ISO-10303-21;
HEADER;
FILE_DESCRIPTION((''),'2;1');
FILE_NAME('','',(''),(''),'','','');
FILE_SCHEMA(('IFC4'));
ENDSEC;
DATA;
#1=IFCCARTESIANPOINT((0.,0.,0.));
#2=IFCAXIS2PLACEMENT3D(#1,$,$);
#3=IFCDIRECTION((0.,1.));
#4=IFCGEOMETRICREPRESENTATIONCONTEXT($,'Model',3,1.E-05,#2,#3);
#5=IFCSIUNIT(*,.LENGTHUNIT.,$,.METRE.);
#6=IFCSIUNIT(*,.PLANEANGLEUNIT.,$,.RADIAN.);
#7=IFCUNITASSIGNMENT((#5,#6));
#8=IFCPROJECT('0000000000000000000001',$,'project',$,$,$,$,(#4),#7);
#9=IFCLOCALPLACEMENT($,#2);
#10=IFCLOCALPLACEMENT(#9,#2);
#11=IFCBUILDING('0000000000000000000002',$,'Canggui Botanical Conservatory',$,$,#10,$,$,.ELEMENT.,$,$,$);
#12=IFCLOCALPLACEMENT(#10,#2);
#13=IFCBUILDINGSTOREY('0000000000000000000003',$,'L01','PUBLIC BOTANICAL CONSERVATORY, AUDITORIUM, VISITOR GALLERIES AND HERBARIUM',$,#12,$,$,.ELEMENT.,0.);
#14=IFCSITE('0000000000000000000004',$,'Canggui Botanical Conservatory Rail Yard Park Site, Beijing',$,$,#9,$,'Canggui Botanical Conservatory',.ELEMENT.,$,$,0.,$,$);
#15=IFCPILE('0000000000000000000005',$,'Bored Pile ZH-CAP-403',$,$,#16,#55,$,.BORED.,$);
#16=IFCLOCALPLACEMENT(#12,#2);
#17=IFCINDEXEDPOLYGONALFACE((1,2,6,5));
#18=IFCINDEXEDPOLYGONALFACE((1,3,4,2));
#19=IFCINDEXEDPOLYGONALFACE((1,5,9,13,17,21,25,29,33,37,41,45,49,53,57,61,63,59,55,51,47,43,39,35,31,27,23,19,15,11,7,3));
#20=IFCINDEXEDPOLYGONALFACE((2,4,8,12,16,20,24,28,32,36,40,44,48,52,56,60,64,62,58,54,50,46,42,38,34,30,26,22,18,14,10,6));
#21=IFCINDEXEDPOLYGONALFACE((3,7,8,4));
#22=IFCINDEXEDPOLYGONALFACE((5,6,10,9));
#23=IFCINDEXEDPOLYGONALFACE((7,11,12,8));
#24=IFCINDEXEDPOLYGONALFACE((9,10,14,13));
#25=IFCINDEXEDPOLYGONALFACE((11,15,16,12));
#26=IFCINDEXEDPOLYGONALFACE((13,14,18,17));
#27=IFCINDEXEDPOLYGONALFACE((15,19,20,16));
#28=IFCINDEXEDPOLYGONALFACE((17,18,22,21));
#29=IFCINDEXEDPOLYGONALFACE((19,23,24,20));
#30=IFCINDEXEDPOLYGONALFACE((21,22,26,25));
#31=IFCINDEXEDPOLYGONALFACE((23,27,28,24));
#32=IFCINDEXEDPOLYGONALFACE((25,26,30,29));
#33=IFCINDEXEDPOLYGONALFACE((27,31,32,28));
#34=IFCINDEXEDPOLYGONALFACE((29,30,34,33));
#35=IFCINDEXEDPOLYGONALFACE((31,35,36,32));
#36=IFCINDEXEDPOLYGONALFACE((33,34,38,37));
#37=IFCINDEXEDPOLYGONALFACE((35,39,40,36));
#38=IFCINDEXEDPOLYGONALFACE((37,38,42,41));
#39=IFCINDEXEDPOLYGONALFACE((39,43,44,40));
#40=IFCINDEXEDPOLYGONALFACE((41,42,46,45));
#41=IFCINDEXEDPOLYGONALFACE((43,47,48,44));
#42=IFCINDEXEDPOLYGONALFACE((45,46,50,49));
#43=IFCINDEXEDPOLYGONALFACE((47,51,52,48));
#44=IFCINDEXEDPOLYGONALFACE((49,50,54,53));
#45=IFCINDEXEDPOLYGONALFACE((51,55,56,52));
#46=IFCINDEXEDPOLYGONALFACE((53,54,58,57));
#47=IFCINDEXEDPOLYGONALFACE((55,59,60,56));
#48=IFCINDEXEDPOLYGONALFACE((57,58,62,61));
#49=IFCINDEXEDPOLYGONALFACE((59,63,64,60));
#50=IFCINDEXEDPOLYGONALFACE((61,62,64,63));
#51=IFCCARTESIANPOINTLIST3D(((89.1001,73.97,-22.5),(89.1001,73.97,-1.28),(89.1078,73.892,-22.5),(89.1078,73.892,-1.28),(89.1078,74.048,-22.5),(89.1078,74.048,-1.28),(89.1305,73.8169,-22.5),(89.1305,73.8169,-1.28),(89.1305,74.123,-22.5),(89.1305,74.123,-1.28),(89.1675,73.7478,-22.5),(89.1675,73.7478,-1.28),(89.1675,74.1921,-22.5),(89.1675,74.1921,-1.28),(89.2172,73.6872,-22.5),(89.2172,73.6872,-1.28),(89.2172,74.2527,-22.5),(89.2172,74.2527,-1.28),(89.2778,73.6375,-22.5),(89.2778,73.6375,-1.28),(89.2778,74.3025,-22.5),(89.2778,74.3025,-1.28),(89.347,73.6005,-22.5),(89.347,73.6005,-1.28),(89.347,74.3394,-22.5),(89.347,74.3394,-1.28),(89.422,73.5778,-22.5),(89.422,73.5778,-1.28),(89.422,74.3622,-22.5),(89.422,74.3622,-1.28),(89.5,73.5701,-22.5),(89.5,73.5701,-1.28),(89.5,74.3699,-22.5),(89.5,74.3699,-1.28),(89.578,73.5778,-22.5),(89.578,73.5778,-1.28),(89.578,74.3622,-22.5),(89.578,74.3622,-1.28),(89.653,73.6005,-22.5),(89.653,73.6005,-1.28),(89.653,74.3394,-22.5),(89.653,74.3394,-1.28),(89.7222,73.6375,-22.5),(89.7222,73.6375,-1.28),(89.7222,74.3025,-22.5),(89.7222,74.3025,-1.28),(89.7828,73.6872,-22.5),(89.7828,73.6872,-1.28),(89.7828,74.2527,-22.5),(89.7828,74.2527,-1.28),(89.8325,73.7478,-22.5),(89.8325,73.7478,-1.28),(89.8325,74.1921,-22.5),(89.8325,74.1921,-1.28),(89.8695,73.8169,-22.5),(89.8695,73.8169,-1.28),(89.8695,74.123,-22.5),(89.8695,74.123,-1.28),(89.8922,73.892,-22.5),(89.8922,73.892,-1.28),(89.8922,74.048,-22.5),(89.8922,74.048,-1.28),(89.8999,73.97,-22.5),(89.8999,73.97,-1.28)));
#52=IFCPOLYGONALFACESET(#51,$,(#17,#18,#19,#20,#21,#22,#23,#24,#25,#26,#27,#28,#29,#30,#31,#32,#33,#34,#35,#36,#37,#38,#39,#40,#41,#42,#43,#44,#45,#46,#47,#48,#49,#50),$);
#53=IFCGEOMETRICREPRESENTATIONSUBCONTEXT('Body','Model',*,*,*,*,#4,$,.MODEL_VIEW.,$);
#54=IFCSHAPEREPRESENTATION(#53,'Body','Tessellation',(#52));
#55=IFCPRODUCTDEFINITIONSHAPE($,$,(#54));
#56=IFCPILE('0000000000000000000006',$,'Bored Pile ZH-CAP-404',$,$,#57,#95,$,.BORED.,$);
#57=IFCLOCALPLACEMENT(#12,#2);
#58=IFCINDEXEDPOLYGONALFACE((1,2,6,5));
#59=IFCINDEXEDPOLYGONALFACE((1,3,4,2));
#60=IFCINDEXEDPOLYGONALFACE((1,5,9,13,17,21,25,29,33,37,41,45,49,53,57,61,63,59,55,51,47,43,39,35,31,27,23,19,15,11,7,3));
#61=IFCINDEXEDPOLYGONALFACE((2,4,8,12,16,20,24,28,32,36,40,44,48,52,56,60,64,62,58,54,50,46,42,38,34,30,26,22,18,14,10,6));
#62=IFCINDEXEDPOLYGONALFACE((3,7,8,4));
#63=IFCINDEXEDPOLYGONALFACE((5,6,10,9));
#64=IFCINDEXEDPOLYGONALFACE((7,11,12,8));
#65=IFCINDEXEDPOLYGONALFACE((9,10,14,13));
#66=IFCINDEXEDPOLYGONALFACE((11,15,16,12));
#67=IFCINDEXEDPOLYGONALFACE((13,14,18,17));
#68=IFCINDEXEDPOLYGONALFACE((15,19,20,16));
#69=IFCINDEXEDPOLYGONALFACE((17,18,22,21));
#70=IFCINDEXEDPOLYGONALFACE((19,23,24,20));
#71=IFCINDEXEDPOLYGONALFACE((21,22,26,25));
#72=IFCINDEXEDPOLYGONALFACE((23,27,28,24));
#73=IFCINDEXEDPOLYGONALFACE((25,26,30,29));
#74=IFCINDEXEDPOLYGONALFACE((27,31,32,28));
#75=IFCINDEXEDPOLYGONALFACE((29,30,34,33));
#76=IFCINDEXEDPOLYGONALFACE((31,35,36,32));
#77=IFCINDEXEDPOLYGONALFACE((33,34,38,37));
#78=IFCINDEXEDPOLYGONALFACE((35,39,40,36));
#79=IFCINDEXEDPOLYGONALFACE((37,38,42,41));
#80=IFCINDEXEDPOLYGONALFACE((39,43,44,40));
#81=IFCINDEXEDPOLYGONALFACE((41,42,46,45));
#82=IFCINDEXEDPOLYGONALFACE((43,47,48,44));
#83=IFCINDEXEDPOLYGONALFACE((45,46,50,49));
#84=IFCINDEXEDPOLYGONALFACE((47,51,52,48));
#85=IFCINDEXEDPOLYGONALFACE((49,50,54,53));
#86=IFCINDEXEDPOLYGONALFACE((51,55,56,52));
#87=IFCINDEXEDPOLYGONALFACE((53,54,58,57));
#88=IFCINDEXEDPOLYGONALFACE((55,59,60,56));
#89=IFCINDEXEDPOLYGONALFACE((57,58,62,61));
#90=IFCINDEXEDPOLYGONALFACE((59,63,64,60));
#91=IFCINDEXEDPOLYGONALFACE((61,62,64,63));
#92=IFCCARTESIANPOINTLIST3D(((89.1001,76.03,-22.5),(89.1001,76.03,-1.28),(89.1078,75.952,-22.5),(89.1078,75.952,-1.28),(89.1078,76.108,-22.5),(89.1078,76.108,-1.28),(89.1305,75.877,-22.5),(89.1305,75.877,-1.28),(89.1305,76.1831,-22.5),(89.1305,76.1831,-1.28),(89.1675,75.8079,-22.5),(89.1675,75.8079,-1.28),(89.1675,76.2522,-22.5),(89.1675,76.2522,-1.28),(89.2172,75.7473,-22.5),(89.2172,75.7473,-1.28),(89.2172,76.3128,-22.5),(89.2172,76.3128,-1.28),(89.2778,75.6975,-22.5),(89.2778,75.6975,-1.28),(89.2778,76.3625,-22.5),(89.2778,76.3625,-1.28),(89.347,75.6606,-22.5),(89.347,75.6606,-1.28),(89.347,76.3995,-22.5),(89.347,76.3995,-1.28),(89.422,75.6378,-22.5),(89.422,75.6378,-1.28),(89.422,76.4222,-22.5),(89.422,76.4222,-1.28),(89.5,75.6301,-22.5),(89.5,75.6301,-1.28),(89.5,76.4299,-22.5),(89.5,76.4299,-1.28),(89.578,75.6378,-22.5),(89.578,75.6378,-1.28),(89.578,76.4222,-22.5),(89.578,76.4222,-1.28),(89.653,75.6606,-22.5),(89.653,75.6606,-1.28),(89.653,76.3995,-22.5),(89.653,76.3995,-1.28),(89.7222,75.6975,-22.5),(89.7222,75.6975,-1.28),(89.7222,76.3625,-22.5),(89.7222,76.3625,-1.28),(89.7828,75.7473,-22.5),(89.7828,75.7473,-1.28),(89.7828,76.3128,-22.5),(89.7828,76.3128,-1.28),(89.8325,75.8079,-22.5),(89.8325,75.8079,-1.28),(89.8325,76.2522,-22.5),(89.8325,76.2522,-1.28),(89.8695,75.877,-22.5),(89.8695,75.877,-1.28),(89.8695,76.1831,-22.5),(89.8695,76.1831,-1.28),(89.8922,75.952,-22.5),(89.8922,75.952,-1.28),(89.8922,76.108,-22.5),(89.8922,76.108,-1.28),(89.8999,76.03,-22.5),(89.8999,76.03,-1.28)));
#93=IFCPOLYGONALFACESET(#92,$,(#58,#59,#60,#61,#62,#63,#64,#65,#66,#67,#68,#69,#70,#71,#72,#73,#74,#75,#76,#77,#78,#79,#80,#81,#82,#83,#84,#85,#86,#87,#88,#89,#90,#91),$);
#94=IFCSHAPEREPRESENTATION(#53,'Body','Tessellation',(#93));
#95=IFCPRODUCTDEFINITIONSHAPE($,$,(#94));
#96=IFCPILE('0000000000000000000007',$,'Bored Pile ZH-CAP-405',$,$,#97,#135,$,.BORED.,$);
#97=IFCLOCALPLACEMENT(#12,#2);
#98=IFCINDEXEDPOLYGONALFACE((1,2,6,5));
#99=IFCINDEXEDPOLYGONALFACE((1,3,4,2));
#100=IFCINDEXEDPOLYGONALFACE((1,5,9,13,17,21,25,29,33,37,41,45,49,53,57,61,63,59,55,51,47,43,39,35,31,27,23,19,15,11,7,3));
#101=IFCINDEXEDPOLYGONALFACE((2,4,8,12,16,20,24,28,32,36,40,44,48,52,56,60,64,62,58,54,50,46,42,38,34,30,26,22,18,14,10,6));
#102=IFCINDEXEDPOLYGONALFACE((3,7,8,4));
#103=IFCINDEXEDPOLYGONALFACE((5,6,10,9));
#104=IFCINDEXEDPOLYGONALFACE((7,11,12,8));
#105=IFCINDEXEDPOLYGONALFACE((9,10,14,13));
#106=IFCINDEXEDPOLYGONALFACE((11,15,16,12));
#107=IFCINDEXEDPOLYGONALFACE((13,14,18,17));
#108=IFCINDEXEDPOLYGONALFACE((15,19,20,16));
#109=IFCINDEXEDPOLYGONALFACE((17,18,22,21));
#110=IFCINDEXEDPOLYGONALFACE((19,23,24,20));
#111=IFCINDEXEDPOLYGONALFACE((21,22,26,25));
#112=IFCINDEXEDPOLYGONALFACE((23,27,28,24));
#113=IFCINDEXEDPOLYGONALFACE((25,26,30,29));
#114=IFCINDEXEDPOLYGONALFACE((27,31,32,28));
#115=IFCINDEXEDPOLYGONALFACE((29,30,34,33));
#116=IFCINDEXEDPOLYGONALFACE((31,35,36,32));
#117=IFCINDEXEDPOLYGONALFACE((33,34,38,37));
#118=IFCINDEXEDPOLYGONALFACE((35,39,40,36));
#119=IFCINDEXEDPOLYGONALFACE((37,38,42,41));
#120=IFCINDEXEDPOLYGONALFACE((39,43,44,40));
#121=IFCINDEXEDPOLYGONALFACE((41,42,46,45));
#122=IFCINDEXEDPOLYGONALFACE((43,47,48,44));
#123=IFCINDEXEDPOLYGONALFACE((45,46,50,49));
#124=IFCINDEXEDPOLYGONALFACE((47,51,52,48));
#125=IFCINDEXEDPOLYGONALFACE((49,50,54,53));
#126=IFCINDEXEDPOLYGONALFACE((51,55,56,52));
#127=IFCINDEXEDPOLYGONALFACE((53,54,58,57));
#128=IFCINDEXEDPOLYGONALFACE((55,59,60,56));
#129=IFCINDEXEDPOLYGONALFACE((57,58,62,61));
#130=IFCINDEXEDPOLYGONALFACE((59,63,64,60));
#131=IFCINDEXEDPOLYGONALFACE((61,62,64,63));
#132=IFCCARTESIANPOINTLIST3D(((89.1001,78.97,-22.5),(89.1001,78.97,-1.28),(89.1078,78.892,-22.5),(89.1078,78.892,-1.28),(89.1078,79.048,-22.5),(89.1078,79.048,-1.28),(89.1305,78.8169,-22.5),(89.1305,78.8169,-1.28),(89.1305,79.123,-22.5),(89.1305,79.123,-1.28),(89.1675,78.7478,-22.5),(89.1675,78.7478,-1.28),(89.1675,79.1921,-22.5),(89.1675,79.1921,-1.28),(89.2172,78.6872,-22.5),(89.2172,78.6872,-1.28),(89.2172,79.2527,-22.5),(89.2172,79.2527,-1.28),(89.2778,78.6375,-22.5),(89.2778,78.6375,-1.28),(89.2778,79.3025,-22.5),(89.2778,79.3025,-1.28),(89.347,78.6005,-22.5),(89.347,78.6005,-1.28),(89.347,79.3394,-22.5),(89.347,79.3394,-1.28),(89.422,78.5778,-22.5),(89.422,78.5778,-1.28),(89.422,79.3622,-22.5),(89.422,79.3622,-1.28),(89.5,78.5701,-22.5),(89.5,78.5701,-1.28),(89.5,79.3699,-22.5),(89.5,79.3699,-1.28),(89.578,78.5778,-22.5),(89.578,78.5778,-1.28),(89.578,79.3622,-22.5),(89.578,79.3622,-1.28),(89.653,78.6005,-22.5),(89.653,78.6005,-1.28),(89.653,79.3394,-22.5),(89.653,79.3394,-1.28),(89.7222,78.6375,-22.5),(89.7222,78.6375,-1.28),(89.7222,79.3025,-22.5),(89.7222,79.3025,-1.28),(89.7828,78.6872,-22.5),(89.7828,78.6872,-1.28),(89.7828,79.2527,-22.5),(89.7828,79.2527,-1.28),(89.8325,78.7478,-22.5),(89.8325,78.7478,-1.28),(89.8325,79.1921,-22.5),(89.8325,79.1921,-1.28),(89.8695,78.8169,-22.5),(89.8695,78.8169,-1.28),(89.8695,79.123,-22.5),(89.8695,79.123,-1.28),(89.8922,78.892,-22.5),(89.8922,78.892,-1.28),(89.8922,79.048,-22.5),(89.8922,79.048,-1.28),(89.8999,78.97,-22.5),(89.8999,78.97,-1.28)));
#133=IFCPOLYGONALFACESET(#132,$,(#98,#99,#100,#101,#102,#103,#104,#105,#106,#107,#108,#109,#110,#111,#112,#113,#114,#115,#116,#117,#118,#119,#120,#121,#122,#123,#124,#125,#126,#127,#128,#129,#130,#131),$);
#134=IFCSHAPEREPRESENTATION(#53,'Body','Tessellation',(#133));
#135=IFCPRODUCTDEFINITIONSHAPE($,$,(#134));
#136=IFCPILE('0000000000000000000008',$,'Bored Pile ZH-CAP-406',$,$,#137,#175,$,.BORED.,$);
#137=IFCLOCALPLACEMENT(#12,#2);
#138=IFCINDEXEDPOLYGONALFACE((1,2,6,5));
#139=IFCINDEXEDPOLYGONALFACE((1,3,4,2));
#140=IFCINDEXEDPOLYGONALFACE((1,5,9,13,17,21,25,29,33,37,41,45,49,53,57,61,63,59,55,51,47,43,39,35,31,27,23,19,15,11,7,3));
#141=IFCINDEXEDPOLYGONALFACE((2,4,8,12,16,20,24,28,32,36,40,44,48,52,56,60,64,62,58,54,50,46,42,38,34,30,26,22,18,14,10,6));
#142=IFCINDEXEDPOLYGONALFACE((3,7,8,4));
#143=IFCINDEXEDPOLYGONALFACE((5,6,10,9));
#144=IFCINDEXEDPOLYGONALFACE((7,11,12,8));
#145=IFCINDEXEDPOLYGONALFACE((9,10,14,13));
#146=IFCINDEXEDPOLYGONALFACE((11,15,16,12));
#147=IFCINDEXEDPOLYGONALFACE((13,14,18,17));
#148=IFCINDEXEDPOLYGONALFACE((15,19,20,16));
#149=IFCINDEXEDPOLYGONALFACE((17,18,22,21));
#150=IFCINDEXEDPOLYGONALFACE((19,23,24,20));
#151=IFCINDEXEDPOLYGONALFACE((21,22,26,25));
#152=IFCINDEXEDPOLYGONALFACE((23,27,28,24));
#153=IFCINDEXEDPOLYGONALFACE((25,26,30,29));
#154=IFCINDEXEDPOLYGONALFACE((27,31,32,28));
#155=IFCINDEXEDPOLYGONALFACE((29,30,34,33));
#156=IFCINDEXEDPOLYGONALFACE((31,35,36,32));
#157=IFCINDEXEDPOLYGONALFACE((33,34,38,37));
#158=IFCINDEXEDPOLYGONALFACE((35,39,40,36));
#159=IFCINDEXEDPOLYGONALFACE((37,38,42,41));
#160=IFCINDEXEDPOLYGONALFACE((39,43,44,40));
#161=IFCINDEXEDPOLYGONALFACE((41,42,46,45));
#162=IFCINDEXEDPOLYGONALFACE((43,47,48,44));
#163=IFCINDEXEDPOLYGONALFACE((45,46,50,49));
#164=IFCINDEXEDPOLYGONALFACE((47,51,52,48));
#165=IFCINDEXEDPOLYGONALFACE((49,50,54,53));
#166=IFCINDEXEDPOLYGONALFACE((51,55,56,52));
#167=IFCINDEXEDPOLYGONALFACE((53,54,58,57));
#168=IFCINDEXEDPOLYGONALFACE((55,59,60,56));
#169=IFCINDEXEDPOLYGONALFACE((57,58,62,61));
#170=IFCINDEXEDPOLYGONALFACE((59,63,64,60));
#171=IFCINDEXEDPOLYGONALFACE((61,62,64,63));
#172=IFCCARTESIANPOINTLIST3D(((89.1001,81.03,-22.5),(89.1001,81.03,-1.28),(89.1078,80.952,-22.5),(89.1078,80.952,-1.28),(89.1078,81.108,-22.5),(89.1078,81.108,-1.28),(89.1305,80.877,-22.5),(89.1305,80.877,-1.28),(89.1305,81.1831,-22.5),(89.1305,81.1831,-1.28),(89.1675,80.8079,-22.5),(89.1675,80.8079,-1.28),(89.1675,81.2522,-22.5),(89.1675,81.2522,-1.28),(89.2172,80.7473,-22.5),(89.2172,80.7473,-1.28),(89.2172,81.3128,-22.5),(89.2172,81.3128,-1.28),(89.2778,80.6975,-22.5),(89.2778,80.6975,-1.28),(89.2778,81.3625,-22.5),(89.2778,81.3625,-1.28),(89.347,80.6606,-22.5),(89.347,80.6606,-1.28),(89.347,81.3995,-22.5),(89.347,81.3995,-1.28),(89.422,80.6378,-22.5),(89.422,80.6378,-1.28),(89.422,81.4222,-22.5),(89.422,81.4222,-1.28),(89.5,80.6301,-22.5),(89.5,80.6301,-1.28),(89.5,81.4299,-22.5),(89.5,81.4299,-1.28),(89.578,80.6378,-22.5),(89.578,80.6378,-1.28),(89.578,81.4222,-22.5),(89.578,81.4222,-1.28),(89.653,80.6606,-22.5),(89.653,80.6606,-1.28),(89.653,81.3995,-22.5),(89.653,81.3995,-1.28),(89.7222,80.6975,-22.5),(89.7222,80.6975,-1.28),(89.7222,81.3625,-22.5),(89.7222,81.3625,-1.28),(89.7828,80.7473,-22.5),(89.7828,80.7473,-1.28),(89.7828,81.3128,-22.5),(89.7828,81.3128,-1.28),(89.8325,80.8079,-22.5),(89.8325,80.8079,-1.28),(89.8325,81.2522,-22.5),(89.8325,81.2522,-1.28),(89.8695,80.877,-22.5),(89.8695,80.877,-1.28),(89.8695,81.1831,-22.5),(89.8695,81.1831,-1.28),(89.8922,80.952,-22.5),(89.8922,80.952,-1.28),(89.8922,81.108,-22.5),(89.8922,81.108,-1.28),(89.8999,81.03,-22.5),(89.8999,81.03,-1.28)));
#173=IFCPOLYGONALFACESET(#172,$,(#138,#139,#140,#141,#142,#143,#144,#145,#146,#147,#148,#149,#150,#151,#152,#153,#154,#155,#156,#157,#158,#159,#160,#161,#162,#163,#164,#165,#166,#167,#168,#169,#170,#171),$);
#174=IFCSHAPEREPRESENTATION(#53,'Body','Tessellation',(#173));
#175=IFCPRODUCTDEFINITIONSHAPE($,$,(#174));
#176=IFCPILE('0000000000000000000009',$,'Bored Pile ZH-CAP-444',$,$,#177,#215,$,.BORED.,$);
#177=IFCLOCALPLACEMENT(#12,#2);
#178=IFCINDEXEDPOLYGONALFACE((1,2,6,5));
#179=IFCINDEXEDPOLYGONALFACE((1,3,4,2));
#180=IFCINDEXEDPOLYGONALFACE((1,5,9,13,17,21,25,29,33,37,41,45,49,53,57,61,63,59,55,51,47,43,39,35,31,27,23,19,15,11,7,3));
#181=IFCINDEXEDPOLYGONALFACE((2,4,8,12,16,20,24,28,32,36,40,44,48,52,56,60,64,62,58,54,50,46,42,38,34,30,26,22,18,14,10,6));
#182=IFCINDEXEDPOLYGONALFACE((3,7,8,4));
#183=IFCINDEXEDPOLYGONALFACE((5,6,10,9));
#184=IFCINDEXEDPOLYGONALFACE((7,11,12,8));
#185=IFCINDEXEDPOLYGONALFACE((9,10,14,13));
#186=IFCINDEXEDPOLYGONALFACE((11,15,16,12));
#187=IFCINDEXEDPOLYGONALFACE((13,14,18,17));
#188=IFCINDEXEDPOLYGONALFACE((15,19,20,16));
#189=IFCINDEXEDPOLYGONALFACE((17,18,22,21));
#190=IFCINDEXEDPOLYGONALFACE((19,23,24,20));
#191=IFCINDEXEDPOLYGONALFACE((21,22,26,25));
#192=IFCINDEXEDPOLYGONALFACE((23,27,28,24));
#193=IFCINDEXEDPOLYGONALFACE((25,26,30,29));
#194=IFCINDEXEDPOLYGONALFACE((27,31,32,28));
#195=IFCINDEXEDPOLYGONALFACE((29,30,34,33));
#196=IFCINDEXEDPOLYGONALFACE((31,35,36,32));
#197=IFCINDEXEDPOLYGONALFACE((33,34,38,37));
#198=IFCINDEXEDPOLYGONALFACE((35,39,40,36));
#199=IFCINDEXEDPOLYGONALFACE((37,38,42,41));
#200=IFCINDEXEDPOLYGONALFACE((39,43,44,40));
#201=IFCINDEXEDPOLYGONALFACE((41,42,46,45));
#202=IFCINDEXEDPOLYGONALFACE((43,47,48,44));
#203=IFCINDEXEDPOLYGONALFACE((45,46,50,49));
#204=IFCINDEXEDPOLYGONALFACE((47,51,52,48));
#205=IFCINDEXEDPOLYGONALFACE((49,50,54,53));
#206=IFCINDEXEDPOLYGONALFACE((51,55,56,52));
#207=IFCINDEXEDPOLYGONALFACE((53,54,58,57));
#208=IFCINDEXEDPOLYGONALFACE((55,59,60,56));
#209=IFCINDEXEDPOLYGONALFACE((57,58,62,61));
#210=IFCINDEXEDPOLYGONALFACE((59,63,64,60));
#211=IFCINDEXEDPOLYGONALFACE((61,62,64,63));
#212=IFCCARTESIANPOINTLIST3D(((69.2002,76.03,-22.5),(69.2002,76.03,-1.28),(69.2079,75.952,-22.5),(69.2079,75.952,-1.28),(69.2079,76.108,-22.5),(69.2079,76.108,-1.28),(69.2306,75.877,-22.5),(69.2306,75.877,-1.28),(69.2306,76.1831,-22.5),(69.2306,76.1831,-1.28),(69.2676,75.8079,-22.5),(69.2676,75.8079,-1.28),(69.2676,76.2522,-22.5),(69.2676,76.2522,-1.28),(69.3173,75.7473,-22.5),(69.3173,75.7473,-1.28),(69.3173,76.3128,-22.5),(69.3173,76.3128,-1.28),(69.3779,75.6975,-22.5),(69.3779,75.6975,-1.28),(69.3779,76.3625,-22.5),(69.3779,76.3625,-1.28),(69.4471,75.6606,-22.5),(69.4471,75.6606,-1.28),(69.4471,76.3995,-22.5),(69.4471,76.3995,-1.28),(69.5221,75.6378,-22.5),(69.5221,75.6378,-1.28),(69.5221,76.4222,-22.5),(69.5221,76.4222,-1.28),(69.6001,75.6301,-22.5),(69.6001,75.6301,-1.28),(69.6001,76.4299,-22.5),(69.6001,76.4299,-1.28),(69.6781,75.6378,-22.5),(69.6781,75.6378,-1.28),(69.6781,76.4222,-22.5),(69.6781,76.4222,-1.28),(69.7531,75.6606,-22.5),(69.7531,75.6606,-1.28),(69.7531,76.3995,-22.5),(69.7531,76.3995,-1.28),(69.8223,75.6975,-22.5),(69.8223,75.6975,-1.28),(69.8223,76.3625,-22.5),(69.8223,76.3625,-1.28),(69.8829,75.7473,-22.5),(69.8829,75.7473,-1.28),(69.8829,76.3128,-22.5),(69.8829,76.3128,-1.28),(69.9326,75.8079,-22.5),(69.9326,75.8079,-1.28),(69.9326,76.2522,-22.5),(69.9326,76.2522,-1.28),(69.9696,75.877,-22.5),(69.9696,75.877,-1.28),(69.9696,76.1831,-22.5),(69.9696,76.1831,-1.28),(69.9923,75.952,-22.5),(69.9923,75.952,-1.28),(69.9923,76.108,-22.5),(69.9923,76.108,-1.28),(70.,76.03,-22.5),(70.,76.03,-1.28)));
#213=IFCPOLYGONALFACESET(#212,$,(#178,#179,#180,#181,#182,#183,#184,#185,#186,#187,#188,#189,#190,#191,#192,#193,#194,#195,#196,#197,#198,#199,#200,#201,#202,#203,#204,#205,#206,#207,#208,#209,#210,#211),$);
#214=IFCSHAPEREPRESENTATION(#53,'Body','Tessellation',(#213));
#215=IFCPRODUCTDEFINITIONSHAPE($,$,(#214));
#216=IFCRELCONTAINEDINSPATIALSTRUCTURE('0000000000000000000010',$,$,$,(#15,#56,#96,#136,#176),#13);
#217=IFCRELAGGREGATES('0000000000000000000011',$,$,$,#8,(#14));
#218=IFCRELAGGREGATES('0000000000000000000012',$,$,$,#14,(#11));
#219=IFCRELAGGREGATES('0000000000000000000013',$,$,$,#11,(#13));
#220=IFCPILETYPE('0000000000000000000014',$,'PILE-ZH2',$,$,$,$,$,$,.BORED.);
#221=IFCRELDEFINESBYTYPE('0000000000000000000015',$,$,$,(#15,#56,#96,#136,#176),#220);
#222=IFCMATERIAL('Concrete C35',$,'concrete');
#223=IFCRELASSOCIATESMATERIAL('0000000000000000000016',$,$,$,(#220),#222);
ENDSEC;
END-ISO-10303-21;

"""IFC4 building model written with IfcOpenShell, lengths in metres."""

from ifc_helpers import new_model, si_unit, direction, frame, origin, origin_2d, place, context, subcontext, project, spatial, circle, extrude, material, material_profile, profile_set, type_object, element, save


model = new_model("IFC4")

# Units and contexts
model_context = context("Model", 3, precision=1e-05, world=origin(), true_north=direction((0.0, 1.0)))
body_context = subcontext(model_context, "Body", "Model", "MODEL_VIEW")
ifc_project = project(units=[si_unit("LENGTHUNIT", "METRE"), si_unit("PLANEANGLEUNIT", "RADIAN")], contexts=[model_context])

# Site, building, storey
site_placement = place(None, origin())
site = spatial("IfcSite", under=ifc_project, at=site_placement, Name="Canggui Botanical Conservatory Rail Yard Park Site, Beijing", LongName="Canggui Botanical Conservatory", CompositionType="ELEMENT", RefElevation=0.0)
building_placement = place(site_placement, origin())
building = spatial("IfcBuilding", under=site, at=building_placement, Name="Canggui Botanical Conservatory", CompositionType="ELEMENT")
storey_placement = place(building_placement, origin())
storey = spatial("IfcBuildingStorey", under=building, at=storey_placement, Name="L01", Description="PUBLIC BOTANICAL CONSERVATORY, AUDITORIUM, VISITOR GALLERIES AND HERBARIUM", CompositionType="ELEMENT", Elevation=0.0)

# Shared definitions
ifc_material_1 = material(Name="Concrete C35", Category="concrete")

# Piles
ifc_material_profile_1 = material_profile(ifc_material_1, circle(Radius=0.3999, at=origin_2d()), Name="PILE D800")
ifc_profile_set_1 = profile_set([ifc_material_profile_1], Name="Concrete C35")
pile_type = type_object("IfcPileType", Name="PILE-ZH2", PredefinedType="BORED", material=ifc_profile_set_1)
for number, where, z_axis, x_axis, name in (
    (1, (89.5, 73.97, -1.28), (0.0, 0.0, -1.0), (1.0, 0.0, 0.0), "Bored Pile ZH-CAP-403"),
    (2, (89.5, 76.03, -1.28), (0.0, 0.0, -1.0), (1.0, 0.0, 0.0), "Bored Pile ZH-CAP-404"),
    (3, (89.5, 78.97, -1.28), (0.0, 0.0, -1.0), (1.0, 0.0, 0.0), "Bored Pile ZH-CAP-405"),
    (4, (89.5, 81.03, -1.28), (0.0, 0.0, -1.0), (1.0, 0.0, 0.0), "Bored Pile ZH-CAP-406"),
    (5, (69.6001, 76.03, -1.28), (0.0, 0.0, -1.0), (1.0, 0.0, 0.0), "Bored Pile ZH-CAP-444"),
):
    element("IfcPile", number, at=place(storey_placement, frame(where, z_axis=z_axis, x_axis=x_axis)), inside=storey, type_object=pile_type, Name=name, PredefinedType="BORED", context=body_context, shape_type="SweptSolid", body=[
        extrude(circle(Radius=0.3999, at=origin_2d()), origin(), (0.0, 0.0, 1.0), 21.22),
    ])

save(model, "model.ifc")
